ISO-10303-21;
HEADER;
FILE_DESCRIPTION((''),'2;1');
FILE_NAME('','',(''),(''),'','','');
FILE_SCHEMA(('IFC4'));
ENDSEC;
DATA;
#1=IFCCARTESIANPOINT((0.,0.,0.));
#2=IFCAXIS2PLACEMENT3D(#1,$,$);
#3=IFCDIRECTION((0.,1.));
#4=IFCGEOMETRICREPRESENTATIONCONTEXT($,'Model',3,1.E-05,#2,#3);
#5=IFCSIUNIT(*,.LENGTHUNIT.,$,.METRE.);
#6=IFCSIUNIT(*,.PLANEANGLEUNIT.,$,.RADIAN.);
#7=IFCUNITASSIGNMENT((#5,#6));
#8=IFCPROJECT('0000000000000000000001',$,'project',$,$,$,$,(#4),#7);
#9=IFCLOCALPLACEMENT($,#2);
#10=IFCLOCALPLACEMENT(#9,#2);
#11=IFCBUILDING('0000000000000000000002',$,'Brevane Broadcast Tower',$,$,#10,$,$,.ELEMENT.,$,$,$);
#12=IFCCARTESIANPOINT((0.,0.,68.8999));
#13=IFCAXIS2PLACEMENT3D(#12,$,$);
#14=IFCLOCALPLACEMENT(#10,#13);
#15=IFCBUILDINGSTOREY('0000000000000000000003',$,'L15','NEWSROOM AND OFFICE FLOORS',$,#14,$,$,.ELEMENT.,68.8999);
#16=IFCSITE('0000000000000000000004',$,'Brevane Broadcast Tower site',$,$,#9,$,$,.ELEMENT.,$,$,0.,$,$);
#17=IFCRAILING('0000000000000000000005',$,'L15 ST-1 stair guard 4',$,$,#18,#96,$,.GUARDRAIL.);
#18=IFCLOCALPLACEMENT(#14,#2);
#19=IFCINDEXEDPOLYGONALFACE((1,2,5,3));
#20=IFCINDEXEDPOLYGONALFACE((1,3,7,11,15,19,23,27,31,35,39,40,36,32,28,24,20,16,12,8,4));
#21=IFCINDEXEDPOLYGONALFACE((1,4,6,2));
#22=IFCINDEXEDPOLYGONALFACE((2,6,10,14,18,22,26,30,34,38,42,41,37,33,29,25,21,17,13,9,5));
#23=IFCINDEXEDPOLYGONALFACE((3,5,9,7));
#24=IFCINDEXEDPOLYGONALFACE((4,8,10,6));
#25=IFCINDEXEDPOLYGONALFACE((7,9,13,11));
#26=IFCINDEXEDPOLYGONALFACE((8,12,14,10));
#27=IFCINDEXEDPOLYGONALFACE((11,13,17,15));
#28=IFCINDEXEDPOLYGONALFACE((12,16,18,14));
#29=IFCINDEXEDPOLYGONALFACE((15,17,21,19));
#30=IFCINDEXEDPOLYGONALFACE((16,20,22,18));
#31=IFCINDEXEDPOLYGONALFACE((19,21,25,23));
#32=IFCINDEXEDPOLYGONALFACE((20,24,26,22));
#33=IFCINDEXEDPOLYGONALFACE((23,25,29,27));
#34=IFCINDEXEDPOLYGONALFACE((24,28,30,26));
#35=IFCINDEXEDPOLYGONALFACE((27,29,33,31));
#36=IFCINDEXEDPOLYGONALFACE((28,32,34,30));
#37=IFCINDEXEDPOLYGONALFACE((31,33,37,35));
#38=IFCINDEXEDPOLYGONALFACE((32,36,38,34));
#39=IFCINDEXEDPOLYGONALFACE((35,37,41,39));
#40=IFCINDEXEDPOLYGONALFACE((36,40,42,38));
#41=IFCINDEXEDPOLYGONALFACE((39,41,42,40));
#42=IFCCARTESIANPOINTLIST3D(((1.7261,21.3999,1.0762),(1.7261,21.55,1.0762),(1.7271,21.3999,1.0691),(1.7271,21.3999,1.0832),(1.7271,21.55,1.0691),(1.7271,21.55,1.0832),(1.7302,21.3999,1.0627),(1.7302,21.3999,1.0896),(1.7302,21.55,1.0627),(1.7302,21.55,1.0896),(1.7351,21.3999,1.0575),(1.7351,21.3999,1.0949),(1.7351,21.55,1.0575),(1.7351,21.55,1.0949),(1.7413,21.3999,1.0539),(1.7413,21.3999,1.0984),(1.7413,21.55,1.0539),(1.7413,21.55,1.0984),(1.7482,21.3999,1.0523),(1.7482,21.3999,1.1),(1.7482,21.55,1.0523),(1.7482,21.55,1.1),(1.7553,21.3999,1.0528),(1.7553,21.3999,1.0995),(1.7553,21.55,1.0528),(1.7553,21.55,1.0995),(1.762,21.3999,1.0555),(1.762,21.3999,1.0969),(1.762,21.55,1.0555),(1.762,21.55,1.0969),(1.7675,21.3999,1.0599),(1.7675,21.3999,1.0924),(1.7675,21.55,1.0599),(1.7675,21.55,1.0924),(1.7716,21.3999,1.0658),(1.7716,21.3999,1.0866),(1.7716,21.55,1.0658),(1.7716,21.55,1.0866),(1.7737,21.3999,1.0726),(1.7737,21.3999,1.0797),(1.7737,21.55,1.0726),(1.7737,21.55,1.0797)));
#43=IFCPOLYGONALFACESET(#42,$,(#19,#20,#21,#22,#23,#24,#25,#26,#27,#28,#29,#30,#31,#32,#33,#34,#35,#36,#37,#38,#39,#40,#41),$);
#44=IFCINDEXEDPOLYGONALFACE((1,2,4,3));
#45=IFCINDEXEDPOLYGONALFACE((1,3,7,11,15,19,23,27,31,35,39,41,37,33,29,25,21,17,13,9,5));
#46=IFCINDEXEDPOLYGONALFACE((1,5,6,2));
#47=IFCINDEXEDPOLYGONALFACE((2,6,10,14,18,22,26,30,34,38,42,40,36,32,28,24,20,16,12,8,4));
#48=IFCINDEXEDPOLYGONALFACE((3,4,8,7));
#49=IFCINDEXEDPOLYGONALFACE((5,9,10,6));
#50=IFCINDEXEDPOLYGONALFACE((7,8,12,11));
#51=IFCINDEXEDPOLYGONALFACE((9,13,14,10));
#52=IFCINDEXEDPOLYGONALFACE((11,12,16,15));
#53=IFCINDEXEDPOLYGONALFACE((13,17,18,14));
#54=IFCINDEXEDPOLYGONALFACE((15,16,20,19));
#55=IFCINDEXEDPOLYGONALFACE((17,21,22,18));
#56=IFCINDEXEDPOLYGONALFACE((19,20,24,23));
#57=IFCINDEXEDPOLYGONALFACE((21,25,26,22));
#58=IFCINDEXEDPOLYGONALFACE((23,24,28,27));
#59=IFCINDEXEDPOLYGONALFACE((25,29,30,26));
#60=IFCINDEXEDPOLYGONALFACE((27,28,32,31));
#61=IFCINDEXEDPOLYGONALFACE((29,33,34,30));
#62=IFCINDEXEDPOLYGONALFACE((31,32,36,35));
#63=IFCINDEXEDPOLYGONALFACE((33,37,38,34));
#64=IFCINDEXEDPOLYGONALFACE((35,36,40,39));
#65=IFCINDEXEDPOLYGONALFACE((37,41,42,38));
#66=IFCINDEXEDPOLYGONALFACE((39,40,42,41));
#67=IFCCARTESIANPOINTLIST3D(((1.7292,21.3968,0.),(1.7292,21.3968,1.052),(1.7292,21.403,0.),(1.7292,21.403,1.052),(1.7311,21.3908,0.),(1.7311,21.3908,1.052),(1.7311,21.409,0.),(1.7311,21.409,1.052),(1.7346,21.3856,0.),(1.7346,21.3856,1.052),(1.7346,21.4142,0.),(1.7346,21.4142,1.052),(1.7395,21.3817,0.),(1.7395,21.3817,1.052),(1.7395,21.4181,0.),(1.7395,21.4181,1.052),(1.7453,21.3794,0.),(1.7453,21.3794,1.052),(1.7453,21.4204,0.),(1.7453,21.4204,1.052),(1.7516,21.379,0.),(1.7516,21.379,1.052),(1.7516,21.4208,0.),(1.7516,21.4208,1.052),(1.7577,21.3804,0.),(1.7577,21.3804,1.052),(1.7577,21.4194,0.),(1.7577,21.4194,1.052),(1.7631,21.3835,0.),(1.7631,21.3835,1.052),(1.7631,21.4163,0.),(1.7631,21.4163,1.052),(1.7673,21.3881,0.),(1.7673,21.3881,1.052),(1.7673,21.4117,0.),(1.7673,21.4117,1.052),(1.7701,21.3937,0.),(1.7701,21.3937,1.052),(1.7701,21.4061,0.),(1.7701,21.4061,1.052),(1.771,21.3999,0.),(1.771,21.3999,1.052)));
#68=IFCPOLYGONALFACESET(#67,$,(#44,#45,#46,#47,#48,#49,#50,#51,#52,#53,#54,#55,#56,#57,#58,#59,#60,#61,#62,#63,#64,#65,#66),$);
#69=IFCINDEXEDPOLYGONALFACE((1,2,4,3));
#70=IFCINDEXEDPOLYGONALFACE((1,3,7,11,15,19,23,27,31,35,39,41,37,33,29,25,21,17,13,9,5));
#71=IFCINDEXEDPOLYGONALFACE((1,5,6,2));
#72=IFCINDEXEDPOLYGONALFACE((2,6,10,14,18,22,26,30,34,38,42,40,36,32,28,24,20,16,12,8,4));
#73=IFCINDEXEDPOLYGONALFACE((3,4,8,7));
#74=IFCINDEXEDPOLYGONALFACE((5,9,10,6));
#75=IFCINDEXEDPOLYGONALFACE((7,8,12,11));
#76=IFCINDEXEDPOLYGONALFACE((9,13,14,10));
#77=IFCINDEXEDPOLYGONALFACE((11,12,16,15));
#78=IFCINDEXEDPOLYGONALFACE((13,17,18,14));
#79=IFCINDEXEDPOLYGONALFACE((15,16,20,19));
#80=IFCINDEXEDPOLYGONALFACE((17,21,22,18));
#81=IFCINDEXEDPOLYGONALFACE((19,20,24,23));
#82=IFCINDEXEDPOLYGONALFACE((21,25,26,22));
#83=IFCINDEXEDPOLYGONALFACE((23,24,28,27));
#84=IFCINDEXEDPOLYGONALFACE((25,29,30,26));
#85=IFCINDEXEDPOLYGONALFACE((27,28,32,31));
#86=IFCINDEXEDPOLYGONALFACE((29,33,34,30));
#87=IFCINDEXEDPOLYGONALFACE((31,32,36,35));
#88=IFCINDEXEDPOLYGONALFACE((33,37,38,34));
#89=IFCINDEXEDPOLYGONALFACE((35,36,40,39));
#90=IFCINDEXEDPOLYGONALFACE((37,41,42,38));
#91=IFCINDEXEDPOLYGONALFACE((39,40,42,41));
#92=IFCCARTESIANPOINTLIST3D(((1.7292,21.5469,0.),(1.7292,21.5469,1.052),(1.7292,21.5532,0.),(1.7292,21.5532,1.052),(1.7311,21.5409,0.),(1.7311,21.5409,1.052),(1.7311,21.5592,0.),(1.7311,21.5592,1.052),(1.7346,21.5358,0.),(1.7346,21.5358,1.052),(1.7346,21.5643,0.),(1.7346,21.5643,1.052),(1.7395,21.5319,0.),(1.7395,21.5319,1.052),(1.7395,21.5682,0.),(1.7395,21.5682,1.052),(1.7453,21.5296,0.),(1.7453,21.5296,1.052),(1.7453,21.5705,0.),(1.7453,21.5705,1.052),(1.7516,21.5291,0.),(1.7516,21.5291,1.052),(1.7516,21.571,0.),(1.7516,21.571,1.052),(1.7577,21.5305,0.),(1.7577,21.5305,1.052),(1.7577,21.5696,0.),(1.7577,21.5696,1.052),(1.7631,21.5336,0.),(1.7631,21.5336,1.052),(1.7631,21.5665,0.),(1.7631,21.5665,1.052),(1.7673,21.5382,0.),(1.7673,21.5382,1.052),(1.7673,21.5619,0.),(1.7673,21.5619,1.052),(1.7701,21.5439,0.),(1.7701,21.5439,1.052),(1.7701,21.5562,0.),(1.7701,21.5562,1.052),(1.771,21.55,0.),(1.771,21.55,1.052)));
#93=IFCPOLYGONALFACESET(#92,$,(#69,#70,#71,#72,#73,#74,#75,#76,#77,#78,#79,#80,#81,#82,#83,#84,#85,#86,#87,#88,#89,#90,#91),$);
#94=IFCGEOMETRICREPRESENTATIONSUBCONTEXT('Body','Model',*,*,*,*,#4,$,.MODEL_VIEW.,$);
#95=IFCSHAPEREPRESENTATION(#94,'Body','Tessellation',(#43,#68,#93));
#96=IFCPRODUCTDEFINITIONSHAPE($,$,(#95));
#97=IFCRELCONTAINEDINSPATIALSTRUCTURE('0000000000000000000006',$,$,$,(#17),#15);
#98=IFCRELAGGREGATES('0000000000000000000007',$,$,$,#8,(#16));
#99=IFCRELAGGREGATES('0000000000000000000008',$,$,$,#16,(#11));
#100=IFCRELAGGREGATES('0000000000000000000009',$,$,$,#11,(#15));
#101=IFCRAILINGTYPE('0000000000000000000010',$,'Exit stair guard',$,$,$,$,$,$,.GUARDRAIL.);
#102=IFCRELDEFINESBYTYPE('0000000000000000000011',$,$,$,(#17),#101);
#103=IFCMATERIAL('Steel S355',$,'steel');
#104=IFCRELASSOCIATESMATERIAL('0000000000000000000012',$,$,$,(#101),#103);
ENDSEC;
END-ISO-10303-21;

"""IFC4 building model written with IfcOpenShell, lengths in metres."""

from ifc_helpers import new_model, si_unit, direction, frame, origin, origin_2d, place, context, subcontext, project, spatial, circle, extrude, material, type_object, element, save


model = new_model("IFC4")

# Units and contexts
model_context = context("Model", 3, precision=1e-05, world=origin(), true_north=direction((0.0, 1.0)))
body_context = subcontext(model_context, "Body", "Model", "MODEL_VIEW")
ifc_project = project(units=[si_unit("LENGTHUNIT", "METRE"), si_unit("PLANEANGLEUNIT", "RADIAN")], contexts=[model_context])

# Site, building, storey
site_placement = place(None, origin())
site = spatial("IfcSite", under=ifc_project, at=site_placement, Name="Brevane Broadcast Tower site", CompositionType="ELEMENT", RefElevation=0.0)
building_placement = place(site_placement, origin())
building = spatial("IfcBuilding", under=site, at=building_placement, Name="Brevane Broadcast Tower", CompositionType="ELEMENT")
storey_placement = place(building_placement, frame((0.0, 0.0, 68.8999)))
storey = spatial("IfcBuildingStorey", under=building, at=storey_placement, Name="L15", Description="NEWSROOM AND OFFICE FLOORS", CompositionType="ELEMENT", Elevation=68.8999)

# Railing
ifc_material_1 = material(Name="Steel S355", Category="steel")
railing_type_1 = type_object("IfcRailingType", Name="Exit stair guard", PredefinedType="GUARDRAIL", material=ifc_material_1)
railing_1_placement = place(storey_placement, frame((1.75, 21.3999, 0.0)))
element("IfcRailing", 1, at=railing_1_placement, inside=storey, type_object=railing_type_1, Name="L15 ST-1 stair guard 4", PredefinedType="GUARDRAIL", context=body_context, shape_type="SweptSolid", body=[
    extrude(circle(Radius=0.0239, at=origin_2d()), frame((0.0, 0.0, 1.0762), z_axis=(0.0, 1.0, 0.0), x_axis=(-1.0, 0.0, 0.0)), (0.0, 0.0, 1.0), 0.1501),
    extrude(circle(Radius=0.021, at=origin_2d()), origin(), (0.0, 0.0, 1.0), 1.052),
    extrude(circle(Radius=0.021, at=origin_2d()), frame((0.0, 0.1501, 0.0)), (0.0, 0.0, 1.0), 1.052),
])

save(model, "model.ifc")
